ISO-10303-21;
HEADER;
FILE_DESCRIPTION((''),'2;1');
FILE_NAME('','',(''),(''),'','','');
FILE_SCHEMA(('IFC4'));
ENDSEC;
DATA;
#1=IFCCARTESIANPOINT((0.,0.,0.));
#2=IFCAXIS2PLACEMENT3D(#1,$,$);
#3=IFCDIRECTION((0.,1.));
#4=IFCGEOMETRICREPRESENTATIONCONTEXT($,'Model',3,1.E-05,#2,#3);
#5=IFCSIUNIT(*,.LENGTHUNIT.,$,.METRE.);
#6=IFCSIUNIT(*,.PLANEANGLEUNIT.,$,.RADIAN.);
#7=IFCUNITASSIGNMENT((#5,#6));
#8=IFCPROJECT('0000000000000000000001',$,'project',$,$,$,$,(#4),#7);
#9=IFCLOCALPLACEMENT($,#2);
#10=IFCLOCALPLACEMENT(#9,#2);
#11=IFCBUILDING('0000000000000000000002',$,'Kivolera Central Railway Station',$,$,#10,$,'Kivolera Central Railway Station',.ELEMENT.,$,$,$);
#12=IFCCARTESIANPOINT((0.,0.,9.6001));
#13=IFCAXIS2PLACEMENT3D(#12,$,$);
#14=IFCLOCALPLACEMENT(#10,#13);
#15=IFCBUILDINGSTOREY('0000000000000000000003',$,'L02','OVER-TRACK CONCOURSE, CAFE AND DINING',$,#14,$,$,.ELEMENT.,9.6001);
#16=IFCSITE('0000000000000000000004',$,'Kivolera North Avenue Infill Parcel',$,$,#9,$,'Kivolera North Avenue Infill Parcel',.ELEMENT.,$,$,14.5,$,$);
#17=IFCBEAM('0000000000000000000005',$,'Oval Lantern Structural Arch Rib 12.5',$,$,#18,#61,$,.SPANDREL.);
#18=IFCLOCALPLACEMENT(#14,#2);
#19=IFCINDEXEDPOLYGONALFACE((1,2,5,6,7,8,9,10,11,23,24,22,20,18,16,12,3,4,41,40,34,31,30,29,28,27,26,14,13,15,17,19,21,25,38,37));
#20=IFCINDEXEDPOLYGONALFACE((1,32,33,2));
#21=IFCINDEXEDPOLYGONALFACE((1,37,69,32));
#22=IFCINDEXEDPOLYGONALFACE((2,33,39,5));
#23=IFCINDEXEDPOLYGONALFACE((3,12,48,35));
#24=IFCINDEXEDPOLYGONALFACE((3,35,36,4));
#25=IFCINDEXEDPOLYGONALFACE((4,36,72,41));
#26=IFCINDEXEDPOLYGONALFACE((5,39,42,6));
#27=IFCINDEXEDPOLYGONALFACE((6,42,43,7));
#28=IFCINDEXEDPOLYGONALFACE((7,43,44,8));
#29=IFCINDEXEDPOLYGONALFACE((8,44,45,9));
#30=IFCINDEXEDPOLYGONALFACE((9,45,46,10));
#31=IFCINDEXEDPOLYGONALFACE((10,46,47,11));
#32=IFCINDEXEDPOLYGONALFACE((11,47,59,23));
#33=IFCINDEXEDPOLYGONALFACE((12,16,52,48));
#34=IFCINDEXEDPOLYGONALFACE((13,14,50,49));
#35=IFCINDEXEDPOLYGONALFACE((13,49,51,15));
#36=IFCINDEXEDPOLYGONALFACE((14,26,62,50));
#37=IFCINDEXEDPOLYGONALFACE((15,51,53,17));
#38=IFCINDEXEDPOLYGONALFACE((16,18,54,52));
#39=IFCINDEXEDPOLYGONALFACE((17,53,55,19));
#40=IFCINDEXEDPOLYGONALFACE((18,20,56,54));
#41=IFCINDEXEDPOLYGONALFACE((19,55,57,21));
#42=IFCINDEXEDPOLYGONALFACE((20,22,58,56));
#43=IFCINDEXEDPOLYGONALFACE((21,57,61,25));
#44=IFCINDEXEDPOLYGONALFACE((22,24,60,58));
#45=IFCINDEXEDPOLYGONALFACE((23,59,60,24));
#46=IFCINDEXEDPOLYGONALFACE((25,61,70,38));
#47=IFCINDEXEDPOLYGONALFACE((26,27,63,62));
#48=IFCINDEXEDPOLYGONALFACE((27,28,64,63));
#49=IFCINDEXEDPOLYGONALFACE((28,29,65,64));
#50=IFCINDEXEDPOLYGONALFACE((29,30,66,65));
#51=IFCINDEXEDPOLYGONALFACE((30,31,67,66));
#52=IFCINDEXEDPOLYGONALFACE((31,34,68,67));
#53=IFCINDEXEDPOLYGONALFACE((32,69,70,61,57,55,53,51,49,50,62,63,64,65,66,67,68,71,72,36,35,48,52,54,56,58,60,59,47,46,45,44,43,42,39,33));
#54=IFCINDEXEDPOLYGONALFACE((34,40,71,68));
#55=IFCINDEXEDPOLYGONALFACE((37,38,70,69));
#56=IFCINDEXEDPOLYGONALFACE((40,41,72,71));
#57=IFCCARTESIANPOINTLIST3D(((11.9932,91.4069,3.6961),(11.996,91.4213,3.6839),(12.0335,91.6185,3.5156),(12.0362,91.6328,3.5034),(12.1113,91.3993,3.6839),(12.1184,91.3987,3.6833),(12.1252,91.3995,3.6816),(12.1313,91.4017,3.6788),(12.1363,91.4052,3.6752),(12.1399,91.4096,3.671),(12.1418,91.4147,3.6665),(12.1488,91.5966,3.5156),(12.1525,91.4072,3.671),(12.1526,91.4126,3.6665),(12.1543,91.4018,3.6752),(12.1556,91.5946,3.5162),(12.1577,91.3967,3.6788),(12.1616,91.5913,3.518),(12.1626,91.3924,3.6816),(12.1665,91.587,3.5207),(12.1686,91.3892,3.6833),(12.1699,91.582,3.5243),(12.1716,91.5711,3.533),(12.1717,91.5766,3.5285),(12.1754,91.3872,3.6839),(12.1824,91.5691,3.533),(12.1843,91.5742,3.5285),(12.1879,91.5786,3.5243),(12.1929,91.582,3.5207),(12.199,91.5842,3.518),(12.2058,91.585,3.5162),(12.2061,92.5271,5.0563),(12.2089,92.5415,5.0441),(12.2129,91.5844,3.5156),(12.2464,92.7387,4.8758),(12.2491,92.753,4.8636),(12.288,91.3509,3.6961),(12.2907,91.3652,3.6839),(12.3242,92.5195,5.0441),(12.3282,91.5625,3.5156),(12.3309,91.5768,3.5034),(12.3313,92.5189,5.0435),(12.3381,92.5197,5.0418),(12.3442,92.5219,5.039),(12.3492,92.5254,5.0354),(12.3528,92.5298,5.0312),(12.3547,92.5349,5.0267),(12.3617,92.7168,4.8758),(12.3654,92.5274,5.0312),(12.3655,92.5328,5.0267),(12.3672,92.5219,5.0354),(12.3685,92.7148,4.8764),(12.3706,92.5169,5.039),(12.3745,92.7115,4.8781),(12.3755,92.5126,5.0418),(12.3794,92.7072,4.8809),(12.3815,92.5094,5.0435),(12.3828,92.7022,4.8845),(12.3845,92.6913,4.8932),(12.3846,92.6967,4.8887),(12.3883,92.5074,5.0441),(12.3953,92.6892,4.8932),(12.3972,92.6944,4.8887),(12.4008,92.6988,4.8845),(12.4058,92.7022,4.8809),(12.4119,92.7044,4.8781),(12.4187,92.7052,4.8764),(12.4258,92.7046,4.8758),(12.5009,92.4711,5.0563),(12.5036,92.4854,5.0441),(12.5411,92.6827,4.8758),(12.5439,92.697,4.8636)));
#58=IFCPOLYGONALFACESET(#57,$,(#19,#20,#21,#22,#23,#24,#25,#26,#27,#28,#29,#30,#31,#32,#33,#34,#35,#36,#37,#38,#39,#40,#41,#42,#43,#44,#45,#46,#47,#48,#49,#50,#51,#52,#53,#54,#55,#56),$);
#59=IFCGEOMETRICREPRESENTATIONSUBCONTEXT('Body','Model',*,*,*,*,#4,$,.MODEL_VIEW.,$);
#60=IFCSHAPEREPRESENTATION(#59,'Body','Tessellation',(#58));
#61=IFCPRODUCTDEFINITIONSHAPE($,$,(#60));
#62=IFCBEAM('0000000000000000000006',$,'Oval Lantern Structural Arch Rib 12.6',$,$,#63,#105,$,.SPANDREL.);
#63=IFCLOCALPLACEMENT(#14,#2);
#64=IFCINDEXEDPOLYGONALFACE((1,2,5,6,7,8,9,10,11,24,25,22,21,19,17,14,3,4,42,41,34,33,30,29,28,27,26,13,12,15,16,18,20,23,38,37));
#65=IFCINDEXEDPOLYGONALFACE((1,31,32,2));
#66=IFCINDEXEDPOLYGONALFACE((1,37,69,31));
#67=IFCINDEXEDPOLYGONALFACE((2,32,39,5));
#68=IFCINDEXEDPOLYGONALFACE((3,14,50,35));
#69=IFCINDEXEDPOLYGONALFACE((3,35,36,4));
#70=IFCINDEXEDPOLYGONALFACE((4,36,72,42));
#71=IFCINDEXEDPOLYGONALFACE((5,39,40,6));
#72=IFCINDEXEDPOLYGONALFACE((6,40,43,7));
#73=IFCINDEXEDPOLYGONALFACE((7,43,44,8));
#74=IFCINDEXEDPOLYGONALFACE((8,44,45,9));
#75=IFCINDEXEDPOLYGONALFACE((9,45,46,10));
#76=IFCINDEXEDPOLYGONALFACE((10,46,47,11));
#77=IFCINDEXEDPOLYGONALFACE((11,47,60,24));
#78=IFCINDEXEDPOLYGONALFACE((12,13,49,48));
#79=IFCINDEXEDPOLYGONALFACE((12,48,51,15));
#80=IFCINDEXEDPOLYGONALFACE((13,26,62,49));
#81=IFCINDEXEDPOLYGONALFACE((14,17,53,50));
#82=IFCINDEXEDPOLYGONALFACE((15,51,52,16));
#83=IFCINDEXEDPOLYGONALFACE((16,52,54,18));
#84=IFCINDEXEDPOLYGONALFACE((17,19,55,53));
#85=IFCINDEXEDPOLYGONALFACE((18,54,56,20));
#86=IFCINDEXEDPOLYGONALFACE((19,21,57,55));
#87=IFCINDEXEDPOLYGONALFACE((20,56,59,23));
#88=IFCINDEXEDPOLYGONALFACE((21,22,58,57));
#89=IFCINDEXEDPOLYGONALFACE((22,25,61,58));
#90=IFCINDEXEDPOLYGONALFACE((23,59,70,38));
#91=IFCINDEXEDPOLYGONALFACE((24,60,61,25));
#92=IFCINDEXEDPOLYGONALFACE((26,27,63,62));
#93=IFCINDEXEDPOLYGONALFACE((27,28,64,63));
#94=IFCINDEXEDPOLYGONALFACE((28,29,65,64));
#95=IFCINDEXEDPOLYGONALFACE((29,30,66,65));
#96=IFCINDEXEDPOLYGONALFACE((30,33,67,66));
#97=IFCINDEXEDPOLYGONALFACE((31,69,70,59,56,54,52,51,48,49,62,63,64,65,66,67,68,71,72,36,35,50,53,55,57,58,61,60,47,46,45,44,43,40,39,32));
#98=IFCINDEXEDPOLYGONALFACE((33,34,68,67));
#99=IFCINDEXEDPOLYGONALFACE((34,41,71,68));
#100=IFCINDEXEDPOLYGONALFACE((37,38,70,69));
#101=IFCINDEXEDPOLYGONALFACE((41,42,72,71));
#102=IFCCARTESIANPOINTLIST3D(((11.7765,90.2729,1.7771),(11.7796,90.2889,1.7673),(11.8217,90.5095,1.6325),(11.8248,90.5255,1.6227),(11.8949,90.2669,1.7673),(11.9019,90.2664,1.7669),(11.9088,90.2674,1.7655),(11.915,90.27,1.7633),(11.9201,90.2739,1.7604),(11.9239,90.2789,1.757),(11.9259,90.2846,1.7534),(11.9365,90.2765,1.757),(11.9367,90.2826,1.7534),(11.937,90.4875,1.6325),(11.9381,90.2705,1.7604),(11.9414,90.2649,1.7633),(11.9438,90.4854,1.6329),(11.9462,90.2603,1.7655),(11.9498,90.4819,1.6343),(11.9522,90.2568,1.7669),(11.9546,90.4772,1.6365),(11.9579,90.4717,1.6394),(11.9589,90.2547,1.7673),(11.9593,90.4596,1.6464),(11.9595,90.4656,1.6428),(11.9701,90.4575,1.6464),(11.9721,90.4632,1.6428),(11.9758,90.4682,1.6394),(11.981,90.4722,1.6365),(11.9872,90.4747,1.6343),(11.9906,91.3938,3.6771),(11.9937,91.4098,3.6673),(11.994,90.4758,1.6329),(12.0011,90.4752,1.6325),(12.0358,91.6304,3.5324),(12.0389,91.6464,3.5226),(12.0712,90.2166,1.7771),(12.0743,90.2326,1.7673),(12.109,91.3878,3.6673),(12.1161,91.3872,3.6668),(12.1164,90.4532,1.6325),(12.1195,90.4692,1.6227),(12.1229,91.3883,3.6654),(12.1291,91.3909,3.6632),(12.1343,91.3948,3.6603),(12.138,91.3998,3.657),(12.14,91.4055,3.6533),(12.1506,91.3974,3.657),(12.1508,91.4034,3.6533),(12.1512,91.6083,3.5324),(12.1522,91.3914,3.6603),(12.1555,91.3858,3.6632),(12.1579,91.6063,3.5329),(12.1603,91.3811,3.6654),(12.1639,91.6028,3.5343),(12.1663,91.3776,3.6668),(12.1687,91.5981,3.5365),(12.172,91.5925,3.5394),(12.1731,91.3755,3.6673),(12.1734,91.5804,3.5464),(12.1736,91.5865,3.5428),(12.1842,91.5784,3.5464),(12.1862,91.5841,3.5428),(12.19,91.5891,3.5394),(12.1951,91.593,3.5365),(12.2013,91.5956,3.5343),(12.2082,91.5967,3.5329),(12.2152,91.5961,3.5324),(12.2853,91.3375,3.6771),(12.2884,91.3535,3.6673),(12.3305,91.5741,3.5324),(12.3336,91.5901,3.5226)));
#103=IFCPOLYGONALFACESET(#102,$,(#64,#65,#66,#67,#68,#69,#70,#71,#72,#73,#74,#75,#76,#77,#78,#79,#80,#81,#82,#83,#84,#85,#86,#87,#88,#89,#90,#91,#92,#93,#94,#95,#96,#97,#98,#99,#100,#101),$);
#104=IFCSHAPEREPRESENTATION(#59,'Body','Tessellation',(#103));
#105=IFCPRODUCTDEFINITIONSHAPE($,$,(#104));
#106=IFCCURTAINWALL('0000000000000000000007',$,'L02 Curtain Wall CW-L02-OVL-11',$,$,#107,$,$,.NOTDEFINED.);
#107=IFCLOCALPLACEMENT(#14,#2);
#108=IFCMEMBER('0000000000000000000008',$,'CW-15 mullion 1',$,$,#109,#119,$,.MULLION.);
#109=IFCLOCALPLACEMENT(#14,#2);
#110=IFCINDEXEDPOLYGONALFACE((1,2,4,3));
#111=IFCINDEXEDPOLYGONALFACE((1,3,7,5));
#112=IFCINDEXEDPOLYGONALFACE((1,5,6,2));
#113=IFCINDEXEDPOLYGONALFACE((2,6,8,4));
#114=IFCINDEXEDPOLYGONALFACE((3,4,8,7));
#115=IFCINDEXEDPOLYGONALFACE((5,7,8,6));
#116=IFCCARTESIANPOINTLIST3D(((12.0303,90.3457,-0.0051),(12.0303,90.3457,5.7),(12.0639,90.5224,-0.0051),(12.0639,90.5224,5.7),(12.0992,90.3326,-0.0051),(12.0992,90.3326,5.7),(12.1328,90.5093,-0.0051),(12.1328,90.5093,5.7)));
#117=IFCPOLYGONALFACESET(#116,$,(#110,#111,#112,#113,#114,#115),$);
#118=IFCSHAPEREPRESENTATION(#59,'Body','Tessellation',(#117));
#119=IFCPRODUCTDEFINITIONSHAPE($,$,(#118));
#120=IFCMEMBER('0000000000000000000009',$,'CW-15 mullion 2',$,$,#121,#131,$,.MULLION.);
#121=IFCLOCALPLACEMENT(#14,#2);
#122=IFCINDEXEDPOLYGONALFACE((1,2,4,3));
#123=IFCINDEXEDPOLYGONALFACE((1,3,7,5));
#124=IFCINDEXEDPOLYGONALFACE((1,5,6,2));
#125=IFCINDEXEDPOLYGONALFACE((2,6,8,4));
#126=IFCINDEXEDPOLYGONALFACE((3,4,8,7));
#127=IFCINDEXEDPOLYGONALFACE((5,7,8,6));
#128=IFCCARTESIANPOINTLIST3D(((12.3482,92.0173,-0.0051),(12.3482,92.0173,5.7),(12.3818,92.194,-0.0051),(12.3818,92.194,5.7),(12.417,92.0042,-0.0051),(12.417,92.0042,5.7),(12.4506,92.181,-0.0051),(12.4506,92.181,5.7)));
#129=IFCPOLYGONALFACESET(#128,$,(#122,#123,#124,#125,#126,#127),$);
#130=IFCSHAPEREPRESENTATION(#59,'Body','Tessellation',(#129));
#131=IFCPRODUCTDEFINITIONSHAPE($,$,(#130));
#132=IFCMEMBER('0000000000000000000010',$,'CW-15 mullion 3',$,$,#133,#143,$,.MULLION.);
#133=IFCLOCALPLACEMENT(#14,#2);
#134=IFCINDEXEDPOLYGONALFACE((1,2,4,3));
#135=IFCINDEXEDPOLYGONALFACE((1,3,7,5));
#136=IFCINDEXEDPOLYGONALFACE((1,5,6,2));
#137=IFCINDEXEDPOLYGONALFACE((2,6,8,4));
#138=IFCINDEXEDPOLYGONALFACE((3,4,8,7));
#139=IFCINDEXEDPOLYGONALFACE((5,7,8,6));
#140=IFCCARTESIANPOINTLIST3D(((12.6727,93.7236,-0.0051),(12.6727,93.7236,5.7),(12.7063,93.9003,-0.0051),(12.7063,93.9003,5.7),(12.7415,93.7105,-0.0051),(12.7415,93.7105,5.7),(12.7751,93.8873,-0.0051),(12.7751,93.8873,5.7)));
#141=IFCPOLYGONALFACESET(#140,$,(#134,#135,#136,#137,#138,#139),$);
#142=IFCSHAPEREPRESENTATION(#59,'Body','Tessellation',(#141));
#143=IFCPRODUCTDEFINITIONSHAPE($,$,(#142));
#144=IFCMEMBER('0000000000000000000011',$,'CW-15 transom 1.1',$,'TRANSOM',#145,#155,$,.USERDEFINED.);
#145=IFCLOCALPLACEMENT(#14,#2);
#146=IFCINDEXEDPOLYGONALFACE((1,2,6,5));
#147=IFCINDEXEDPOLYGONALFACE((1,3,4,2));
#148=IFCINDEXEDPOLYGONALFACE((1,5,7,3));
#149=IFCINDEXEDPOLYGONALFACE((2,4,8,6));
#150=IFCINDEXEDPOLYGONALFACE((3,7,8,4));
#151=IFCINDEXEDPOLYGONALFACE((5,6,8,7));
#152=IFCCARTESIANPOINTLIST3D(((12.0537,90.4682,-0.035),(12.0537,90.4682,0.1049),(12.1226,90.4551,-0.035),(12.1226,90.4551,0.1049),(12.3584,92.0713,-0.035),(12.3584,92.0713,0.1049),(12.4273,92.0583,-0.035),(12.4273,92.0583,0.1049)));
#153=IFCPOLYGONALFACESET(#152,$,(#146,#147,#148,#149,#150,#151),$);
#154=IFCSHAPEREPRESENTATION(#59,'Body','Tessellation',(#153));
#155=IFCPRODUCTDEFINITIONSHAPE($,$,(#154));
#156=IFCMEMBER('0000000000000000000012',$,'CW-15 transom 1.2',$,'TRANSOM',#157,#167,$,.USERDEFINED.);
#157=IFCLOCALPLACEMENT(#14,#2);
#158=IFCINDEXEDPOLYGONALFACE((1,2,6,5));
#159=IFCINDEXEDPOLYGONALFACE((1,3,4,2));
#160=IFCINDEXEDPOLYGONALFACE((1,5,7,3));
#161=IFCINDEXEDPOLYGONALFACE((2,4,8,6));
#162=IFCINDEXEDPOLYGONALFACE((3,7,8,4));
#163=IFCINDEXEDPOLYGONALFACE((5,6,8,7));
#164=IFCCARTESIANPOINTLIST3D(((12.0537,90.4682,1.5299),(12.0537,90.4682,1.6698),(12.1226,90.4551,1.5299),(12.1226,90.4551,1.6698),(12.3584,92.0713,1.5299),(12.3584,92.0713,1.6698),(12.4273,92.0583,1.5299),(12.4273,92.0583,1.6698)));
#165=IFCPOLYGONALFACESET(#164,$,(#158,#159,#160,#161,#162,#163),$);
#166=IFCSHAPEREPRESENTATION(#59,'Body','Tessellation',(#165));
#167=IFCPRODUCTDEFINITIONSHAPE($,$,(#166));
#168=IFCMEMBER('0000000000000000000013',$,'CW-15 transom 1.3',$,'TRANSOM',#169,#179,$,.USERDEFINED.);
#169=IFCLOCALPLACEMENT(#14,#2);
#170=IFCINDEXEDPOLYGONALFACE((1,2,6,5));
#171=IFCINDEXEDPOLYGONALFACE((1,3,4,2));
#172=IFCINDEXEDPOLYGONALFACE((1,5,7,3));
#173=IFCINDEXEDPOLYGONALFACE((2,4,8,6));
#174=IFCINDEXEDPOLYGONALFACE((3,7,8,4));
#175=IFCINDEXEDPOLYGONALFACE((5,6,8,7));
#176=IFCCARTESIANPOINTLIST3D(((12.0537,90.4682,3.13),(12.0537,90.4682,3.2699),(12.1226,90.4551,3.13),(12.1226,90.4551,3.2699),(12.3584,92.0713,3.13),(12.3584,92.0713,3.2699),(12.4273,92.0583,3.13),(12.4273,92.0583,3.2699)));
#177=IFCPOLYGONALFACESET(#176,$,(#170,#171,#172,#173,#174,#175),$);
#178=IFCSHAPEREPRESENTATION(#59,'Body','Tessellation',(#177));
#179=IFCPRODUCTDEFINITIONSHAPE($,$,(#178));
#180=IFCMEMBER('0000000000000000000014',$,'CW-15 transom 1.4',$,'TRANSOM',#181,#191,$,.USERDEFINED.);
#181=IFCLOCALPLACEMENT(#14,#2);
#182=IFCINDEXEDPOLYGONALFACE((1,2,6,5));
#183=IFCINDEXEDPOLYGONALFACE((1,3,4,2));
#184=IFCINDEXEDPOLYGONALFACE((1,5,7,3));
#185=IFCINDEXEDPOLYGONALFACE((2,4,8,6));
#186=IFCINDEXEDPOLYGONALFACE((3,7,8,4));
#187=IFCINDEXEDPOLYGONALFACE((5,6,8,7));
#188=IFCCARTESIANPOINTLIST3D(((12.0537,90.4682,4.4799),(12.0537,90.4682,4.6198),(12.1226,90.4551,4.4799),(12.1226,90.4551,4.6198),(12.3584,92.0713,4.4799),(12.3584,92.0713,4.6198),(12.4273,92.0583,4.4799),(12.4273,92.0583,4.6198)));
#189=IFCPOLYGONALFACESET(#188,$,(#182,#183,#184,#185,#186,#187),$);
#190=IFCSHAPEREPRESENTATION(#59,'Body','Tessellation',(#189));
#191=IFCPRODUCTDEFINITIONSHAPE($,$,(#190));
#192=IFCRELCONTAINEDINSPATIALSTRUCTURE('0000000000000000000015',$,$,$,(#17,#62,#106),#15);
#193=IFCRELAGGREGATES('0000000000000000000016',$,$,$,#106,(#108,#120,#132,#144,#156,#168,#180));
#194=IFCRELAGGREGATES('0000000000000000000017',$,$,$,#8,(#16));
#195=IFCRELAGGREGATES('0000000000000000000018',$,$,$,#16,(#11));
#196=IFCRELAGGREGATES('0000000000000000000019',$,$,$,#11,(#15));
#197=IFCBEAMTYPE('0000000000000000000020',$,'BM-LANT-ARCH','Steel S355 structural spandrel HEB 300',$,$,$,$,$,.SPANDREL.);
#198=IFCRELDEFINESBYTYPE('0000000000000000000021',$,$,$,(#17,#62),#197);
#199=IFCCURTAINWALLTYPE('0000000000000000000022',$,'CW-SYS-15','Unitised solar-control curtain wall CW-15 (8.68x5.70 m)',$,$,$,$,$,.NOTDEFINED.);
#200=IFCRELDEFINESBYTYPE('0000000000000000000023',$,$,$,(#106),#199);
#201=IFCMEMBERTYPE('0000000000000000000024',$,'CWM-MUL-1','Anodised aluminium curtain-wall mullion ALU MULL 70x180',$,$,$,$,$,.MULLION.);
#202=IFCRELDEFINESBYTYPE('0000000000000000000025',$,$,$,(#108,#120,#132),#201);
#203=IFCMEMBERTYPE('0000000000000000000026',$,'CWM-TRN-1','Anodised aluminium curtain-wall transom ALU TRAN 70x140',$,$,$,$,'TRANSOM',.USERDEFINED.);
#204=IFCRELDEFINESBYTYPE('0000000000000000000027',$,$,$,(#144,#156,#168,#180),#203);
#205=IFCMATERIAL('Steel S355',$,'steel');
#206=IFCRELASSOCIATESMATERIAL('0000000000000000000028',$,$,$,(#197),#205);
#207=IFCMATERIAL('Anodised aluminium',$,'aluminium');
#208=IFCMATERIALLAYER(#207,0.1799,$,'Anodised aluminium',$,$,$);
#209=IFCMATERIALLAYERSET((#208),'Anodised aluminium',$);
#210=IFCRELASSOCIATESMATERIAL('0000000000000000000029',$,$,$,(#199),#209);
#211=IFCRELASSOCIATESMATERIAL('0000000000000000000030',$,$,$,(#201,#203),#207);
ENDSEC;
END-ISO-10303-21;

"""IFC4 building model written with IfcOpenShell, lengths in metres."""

from ifc_helpers import new_model, si_unit, direction, frame, origin, origin_2d, place, context, subcontext, project, spatial, rectangle, i_section, extrude, material, layer, layer_set, material_profile, profile_set, type_object, element, aggregate, save


model = new_model("IFC4")

# Units and contexts
model_context = context("Model", 3, precision=1e-05, world=origin(), true_north=direction((0.0, 1.0)))
body_context = subcontext(model_context, "Body", "Model", "MODEL_VIEW")
ifc_project = project(units=[si_unit("LENGTHUNIT", "METRE"), si_unit("PLANEANGLEUNIT", "RADIAN")], contexts=[model_context])

# Site, building, storey
site_placement = place(None, origin())
site = spatial("IfcSite", under=ifc_project, at=site_placement, Name="Kivolera North Avenue Infill Parcel", LongName="Kivolera North Avenue Infill Parcel", CompositionType="ELEMENT", RefElevation=14.5)
building_placement = place(site_placement, origin())
building = spatial("IfcBuilding", under=site, at=building_placement, Name="Kivolera Central Railway Station", LongName="Kivolera Central Railway Station", CompositionType="ELEMENT")
storey_placement = place(building_placement, frame((0.0, 0.0, 9.6001)))
storey = spatial("IfcBuildingStorey", under=building, at=storey_placement, Name="L02", Description="OVER-TRACK CONCOURSE, CAFE AND DINING", CompositionType="ELEMENT", Elevation=9.6001)

# Beams
ifc_material_1 = material(Name="Steel S355", Category="steel")
ifc_material_profile_1 = material_profile(ifc_material_1, i_section(OverallWidth=0.3, OverallDepth=0.3, WebThickness=0.011, FlangeThickness=0.019, FilletRadius=0.0271, at=origin_2d()), Name="HEB 300")
ifc_profile_set_1 = profile_set([ifc_material_profile_1], Name="Steel S355")
beam_type = type_object("IfcBeamType", Name="BM-LANT-ARCH", Description="Steel S355 structural spandrel HEB 300", PredefinedType="SPANDREL", material=ifc_profile_set_1)
beam_1_placement = place(storey_placement, frame((12.375, 92.6121, 4.96), z_axis=(-0.119953, -0.631127, -0.766349), x_axis=(0.982413, -0.186719, 0.0)))
element("IfcBeam", 1, at=beam_1_placement, inside=storey, type_object=beam_type, Name="Oval Lantern Structural Arch Rib 12.5", PredefinedType="SPANDREL", context=body_context, shape_type="SweptSolid", body=[
    extrude(i_section(OverallWidth=0.3, OverallDepth=0.3, WebThickness=0.011, FlangeThickness=0.019, FilletRadius=0.0271, at=origin_2d()), origin(), (0.0, 0.0, 1.0), 1.7749),
])
beam_2_placement = place(storey_placement, frame((12.1621, 91.4919, 3.5999), z_axis=(-0.09661, -0.505741, -0.857259), x_axis=(0.982239, -0.187633, 0.0)))
element("IfcBeam", 2, at=beam_2_placement, inside=storey, type_object=beam_type, Name="Oval Lantern Structural Arch Rib 12.6", PredefinedType="SPANDREL", context=body_context, shape_type="SweptSolid", body=[
    extrude(i_section(OverallWidth=0.3, OverallDepth=0.3, WebThickness=0.011, FlangeThickness=0.019, FilletRadius=0.0271, at=origin_2d()), origin(), (0.0, 0.0, 1.0), 2.2163),
])

# Curtain wall, members
ifc_material_2 = material(Name="Anodised aluminium", Category="aluminium")
ifc_layer_1 = layer(ifc_material_2, 0.1799, Name="Anodised aluminium")
ifc_layer_set_1 = layer_set([ifc_layer_1], Name="Anodised aluminium")
curtain_wall_type = type_object("IfcCurtainWallType", Name="CW-SYS-15", Description="Unitised solar-control curtain wall CW-15 (8.68x5.70 m)", PredefinedType="NOTDEFINED", material=ifc_layer_set_1)
curtain_wall_placement = place(storey_placement, origin())
curtain_wall = element("IfcCurtainWall", 3, at=curtain_wall_placement, inside=storey, type_object=curtain_wall_type, Name="L02 Curtain Wall CW-L02-OVL-11", PredefinedType="NOTDEFINED")
ifc_material_profile_2 = material_profile(ifc_material_2, rectangle(XDim=0.0701, YDim=0.1799, at=origin_2d()), Name="ALU MULL 70x180")
ifc_profile_set_2 = profile_set([ifc_material_profile_2], Name="Anodised aluminium")
member_type_1 = type_object("IfcMemberType", Name="CWM-MUL-1", Description="Anodised aluminium curtain-wall mullion ALU MULL 70x180", PredefinedType="MULLION", material=ifc_profile_set_2)
member_1_placement = place(storey_placement, frame((12.0815, 90.4275, -0.0051), z_axis=(0.0, 0.0, 1.0), x_axis=(-0.982401, 0.186784, 0.0)))
member_1 = element("IfcMember", 4, at=member_1_placement, type_object=member_type_1, Name="CW-15 mullion 1", PredefinedType="MULLION", context=body_context, shape_type="SweptSolid", body=[
    extrude(rectangle(XDim=0.0701, YDim=0.1799, at=origin_2d()), origin(), (0.0, 0.0, 1.0), 5.7051),
])
member_2_placement = place(storey_placement, frame((12.3994, 92.0991, -0.0051), z_axis=(0.0, 0.0, 1.0), x_axis=(-0.982401, 0.186784, 0.0)))
member_2 = element("IfcMember", 5, at=member_2_placement, type_object=member_type_1, Name="CW-15 mullion 2", PredefinedType="MULLION", context=body_context, shape_type="SweptSolid", body=[
    extrude(rectangle(XDim=0.0701, YDim=0.1799, at=origin_2d()), origin(), (0.0, 0.0, 1.0), 5.7051),
])
member_3_placement = place(storey_placement, frame((12.7239, 93.8054, -0.0051), z_axis=(0.0, 0.0, 1.0), x_axis=(-0.982401, 0.186784, 0.0)))
member_3 = element("IfcMember", 6, at=member_3_placement, type_object=member_type_1, Name="CW-15 mullion 3", PredefinedType="MULLION", context=body_context, shape_type="SweptSolid", body=[
    extrude(rectangle(XDim=0.0701, YDim=0.1799, at=origin_2d()), origin(), (0.0, 0.0, 1.0), 5.7051),
])
ifc_material_profile_3 = material_profile(ifc_material_2, rectangle(XDim=0.0701, YDim=0.1399, at=origin_2d()), Name="ALU TRAN 70x140")
ifc_profile_set_3 = profile_set([ifc_material_profile_3], Name="Anodised aluminium")
member_type_2 = type_object("IfcMemberType", Name="CWM-TRN-1", Description="Anodised aluminium curtain-wall transom ALU TRAN 70x140", ElementType="TRANSOM", PredefinedType="USERDEFINED", material=ifc_profile_set_3)
member_4_placement = place(storey_placement, frame((12.0881, 90.4617, 0.0349), z_axis=(0.186727, 0.982412, 0.0), x_axis=(-0.982412, 0.186727, 0.0)))
member_4 = element("IfcMember", 7, at=member_4_placement, type_object=member_type_2, Name="CW-15 transom 1.1", ObjectType="TRANSOM", PredefinedType="USERDEFINED", context=body_context, shape_type="SweptSolid", body=[
    extrude(rectangle(XDim=0.0701, YDim=0.1399, at=origin_2d()), origin(), (0.0, 0.0, 1.0), 1.6318),
])
member_5_placement = place(storey_placement, frame((12.0881, 90.4617, 1.5999), z_axis=(0.186727, 0.982412, 0.0), x_axis=(-0.982412, 0.186727, 0.0)))
member_5 = element("IfcMember", 8, at=member_5_placement, type_object=member_type_2, Name="CW-15 transom 1.2", ObjectType="TRANSOM", PredefinedType="USERDEFINED", context=body_context, shape_type="SweptSolid", body=[
    extrude(rectangle(XDim=0.0701, YDim=0.1399, at=origin_2d()), origin(), (0.0, 0.0, 1.0), 1.6318),
])
member_6_placement = place(storey_placement, frame((12.0881, 90.4617, 3.2), z_axis=(0.186727, 0.982412, 0.0), x_axis=(-0.982412, 0.186727, 0.0)))
member_6 = element("IfcMember", 9, at=member_6_placement, type_object=member_type_2, Name="CW-15 transom 1.3", ObjectType="TRANSOM", PredefinedType="USERDEFINED", context=body_context, shape_type="SweptSolid", body=[
    extrude(rectangle(XDim=0.0701, YDim=0.1399, at=origin_2d()), origin(), (0.0, 0.0, 1.0), 1.6318),
])
member_7_placement = place(storey_placement, frame((12.0881, 90.4617, 4.5498), z_axis=(0.186727, 0.982412, 0.0), x_axis=(-0.982412, 0.186727, 0.0)))
member_7 = element("IfcMember", 10, at=member_7_placement, type_object=member_type_2, Name="CW-15 transom 1.4", ObjectType="TRANSOM", PredefinedType="USERDEFINED", context=body_context, shape_type="SweptSolid", body=[
    extrude(rectangle(XDim=0.0701, YDim=0.1399, at=origin_2d()), origin(), (0.0, 0.0, 1.0), 1.6318),
])
aggregate(curtain_wall, [member_1, member_2, member_3, member_4, member_5, member_6, member_7])

save(model, "model.ifc")
